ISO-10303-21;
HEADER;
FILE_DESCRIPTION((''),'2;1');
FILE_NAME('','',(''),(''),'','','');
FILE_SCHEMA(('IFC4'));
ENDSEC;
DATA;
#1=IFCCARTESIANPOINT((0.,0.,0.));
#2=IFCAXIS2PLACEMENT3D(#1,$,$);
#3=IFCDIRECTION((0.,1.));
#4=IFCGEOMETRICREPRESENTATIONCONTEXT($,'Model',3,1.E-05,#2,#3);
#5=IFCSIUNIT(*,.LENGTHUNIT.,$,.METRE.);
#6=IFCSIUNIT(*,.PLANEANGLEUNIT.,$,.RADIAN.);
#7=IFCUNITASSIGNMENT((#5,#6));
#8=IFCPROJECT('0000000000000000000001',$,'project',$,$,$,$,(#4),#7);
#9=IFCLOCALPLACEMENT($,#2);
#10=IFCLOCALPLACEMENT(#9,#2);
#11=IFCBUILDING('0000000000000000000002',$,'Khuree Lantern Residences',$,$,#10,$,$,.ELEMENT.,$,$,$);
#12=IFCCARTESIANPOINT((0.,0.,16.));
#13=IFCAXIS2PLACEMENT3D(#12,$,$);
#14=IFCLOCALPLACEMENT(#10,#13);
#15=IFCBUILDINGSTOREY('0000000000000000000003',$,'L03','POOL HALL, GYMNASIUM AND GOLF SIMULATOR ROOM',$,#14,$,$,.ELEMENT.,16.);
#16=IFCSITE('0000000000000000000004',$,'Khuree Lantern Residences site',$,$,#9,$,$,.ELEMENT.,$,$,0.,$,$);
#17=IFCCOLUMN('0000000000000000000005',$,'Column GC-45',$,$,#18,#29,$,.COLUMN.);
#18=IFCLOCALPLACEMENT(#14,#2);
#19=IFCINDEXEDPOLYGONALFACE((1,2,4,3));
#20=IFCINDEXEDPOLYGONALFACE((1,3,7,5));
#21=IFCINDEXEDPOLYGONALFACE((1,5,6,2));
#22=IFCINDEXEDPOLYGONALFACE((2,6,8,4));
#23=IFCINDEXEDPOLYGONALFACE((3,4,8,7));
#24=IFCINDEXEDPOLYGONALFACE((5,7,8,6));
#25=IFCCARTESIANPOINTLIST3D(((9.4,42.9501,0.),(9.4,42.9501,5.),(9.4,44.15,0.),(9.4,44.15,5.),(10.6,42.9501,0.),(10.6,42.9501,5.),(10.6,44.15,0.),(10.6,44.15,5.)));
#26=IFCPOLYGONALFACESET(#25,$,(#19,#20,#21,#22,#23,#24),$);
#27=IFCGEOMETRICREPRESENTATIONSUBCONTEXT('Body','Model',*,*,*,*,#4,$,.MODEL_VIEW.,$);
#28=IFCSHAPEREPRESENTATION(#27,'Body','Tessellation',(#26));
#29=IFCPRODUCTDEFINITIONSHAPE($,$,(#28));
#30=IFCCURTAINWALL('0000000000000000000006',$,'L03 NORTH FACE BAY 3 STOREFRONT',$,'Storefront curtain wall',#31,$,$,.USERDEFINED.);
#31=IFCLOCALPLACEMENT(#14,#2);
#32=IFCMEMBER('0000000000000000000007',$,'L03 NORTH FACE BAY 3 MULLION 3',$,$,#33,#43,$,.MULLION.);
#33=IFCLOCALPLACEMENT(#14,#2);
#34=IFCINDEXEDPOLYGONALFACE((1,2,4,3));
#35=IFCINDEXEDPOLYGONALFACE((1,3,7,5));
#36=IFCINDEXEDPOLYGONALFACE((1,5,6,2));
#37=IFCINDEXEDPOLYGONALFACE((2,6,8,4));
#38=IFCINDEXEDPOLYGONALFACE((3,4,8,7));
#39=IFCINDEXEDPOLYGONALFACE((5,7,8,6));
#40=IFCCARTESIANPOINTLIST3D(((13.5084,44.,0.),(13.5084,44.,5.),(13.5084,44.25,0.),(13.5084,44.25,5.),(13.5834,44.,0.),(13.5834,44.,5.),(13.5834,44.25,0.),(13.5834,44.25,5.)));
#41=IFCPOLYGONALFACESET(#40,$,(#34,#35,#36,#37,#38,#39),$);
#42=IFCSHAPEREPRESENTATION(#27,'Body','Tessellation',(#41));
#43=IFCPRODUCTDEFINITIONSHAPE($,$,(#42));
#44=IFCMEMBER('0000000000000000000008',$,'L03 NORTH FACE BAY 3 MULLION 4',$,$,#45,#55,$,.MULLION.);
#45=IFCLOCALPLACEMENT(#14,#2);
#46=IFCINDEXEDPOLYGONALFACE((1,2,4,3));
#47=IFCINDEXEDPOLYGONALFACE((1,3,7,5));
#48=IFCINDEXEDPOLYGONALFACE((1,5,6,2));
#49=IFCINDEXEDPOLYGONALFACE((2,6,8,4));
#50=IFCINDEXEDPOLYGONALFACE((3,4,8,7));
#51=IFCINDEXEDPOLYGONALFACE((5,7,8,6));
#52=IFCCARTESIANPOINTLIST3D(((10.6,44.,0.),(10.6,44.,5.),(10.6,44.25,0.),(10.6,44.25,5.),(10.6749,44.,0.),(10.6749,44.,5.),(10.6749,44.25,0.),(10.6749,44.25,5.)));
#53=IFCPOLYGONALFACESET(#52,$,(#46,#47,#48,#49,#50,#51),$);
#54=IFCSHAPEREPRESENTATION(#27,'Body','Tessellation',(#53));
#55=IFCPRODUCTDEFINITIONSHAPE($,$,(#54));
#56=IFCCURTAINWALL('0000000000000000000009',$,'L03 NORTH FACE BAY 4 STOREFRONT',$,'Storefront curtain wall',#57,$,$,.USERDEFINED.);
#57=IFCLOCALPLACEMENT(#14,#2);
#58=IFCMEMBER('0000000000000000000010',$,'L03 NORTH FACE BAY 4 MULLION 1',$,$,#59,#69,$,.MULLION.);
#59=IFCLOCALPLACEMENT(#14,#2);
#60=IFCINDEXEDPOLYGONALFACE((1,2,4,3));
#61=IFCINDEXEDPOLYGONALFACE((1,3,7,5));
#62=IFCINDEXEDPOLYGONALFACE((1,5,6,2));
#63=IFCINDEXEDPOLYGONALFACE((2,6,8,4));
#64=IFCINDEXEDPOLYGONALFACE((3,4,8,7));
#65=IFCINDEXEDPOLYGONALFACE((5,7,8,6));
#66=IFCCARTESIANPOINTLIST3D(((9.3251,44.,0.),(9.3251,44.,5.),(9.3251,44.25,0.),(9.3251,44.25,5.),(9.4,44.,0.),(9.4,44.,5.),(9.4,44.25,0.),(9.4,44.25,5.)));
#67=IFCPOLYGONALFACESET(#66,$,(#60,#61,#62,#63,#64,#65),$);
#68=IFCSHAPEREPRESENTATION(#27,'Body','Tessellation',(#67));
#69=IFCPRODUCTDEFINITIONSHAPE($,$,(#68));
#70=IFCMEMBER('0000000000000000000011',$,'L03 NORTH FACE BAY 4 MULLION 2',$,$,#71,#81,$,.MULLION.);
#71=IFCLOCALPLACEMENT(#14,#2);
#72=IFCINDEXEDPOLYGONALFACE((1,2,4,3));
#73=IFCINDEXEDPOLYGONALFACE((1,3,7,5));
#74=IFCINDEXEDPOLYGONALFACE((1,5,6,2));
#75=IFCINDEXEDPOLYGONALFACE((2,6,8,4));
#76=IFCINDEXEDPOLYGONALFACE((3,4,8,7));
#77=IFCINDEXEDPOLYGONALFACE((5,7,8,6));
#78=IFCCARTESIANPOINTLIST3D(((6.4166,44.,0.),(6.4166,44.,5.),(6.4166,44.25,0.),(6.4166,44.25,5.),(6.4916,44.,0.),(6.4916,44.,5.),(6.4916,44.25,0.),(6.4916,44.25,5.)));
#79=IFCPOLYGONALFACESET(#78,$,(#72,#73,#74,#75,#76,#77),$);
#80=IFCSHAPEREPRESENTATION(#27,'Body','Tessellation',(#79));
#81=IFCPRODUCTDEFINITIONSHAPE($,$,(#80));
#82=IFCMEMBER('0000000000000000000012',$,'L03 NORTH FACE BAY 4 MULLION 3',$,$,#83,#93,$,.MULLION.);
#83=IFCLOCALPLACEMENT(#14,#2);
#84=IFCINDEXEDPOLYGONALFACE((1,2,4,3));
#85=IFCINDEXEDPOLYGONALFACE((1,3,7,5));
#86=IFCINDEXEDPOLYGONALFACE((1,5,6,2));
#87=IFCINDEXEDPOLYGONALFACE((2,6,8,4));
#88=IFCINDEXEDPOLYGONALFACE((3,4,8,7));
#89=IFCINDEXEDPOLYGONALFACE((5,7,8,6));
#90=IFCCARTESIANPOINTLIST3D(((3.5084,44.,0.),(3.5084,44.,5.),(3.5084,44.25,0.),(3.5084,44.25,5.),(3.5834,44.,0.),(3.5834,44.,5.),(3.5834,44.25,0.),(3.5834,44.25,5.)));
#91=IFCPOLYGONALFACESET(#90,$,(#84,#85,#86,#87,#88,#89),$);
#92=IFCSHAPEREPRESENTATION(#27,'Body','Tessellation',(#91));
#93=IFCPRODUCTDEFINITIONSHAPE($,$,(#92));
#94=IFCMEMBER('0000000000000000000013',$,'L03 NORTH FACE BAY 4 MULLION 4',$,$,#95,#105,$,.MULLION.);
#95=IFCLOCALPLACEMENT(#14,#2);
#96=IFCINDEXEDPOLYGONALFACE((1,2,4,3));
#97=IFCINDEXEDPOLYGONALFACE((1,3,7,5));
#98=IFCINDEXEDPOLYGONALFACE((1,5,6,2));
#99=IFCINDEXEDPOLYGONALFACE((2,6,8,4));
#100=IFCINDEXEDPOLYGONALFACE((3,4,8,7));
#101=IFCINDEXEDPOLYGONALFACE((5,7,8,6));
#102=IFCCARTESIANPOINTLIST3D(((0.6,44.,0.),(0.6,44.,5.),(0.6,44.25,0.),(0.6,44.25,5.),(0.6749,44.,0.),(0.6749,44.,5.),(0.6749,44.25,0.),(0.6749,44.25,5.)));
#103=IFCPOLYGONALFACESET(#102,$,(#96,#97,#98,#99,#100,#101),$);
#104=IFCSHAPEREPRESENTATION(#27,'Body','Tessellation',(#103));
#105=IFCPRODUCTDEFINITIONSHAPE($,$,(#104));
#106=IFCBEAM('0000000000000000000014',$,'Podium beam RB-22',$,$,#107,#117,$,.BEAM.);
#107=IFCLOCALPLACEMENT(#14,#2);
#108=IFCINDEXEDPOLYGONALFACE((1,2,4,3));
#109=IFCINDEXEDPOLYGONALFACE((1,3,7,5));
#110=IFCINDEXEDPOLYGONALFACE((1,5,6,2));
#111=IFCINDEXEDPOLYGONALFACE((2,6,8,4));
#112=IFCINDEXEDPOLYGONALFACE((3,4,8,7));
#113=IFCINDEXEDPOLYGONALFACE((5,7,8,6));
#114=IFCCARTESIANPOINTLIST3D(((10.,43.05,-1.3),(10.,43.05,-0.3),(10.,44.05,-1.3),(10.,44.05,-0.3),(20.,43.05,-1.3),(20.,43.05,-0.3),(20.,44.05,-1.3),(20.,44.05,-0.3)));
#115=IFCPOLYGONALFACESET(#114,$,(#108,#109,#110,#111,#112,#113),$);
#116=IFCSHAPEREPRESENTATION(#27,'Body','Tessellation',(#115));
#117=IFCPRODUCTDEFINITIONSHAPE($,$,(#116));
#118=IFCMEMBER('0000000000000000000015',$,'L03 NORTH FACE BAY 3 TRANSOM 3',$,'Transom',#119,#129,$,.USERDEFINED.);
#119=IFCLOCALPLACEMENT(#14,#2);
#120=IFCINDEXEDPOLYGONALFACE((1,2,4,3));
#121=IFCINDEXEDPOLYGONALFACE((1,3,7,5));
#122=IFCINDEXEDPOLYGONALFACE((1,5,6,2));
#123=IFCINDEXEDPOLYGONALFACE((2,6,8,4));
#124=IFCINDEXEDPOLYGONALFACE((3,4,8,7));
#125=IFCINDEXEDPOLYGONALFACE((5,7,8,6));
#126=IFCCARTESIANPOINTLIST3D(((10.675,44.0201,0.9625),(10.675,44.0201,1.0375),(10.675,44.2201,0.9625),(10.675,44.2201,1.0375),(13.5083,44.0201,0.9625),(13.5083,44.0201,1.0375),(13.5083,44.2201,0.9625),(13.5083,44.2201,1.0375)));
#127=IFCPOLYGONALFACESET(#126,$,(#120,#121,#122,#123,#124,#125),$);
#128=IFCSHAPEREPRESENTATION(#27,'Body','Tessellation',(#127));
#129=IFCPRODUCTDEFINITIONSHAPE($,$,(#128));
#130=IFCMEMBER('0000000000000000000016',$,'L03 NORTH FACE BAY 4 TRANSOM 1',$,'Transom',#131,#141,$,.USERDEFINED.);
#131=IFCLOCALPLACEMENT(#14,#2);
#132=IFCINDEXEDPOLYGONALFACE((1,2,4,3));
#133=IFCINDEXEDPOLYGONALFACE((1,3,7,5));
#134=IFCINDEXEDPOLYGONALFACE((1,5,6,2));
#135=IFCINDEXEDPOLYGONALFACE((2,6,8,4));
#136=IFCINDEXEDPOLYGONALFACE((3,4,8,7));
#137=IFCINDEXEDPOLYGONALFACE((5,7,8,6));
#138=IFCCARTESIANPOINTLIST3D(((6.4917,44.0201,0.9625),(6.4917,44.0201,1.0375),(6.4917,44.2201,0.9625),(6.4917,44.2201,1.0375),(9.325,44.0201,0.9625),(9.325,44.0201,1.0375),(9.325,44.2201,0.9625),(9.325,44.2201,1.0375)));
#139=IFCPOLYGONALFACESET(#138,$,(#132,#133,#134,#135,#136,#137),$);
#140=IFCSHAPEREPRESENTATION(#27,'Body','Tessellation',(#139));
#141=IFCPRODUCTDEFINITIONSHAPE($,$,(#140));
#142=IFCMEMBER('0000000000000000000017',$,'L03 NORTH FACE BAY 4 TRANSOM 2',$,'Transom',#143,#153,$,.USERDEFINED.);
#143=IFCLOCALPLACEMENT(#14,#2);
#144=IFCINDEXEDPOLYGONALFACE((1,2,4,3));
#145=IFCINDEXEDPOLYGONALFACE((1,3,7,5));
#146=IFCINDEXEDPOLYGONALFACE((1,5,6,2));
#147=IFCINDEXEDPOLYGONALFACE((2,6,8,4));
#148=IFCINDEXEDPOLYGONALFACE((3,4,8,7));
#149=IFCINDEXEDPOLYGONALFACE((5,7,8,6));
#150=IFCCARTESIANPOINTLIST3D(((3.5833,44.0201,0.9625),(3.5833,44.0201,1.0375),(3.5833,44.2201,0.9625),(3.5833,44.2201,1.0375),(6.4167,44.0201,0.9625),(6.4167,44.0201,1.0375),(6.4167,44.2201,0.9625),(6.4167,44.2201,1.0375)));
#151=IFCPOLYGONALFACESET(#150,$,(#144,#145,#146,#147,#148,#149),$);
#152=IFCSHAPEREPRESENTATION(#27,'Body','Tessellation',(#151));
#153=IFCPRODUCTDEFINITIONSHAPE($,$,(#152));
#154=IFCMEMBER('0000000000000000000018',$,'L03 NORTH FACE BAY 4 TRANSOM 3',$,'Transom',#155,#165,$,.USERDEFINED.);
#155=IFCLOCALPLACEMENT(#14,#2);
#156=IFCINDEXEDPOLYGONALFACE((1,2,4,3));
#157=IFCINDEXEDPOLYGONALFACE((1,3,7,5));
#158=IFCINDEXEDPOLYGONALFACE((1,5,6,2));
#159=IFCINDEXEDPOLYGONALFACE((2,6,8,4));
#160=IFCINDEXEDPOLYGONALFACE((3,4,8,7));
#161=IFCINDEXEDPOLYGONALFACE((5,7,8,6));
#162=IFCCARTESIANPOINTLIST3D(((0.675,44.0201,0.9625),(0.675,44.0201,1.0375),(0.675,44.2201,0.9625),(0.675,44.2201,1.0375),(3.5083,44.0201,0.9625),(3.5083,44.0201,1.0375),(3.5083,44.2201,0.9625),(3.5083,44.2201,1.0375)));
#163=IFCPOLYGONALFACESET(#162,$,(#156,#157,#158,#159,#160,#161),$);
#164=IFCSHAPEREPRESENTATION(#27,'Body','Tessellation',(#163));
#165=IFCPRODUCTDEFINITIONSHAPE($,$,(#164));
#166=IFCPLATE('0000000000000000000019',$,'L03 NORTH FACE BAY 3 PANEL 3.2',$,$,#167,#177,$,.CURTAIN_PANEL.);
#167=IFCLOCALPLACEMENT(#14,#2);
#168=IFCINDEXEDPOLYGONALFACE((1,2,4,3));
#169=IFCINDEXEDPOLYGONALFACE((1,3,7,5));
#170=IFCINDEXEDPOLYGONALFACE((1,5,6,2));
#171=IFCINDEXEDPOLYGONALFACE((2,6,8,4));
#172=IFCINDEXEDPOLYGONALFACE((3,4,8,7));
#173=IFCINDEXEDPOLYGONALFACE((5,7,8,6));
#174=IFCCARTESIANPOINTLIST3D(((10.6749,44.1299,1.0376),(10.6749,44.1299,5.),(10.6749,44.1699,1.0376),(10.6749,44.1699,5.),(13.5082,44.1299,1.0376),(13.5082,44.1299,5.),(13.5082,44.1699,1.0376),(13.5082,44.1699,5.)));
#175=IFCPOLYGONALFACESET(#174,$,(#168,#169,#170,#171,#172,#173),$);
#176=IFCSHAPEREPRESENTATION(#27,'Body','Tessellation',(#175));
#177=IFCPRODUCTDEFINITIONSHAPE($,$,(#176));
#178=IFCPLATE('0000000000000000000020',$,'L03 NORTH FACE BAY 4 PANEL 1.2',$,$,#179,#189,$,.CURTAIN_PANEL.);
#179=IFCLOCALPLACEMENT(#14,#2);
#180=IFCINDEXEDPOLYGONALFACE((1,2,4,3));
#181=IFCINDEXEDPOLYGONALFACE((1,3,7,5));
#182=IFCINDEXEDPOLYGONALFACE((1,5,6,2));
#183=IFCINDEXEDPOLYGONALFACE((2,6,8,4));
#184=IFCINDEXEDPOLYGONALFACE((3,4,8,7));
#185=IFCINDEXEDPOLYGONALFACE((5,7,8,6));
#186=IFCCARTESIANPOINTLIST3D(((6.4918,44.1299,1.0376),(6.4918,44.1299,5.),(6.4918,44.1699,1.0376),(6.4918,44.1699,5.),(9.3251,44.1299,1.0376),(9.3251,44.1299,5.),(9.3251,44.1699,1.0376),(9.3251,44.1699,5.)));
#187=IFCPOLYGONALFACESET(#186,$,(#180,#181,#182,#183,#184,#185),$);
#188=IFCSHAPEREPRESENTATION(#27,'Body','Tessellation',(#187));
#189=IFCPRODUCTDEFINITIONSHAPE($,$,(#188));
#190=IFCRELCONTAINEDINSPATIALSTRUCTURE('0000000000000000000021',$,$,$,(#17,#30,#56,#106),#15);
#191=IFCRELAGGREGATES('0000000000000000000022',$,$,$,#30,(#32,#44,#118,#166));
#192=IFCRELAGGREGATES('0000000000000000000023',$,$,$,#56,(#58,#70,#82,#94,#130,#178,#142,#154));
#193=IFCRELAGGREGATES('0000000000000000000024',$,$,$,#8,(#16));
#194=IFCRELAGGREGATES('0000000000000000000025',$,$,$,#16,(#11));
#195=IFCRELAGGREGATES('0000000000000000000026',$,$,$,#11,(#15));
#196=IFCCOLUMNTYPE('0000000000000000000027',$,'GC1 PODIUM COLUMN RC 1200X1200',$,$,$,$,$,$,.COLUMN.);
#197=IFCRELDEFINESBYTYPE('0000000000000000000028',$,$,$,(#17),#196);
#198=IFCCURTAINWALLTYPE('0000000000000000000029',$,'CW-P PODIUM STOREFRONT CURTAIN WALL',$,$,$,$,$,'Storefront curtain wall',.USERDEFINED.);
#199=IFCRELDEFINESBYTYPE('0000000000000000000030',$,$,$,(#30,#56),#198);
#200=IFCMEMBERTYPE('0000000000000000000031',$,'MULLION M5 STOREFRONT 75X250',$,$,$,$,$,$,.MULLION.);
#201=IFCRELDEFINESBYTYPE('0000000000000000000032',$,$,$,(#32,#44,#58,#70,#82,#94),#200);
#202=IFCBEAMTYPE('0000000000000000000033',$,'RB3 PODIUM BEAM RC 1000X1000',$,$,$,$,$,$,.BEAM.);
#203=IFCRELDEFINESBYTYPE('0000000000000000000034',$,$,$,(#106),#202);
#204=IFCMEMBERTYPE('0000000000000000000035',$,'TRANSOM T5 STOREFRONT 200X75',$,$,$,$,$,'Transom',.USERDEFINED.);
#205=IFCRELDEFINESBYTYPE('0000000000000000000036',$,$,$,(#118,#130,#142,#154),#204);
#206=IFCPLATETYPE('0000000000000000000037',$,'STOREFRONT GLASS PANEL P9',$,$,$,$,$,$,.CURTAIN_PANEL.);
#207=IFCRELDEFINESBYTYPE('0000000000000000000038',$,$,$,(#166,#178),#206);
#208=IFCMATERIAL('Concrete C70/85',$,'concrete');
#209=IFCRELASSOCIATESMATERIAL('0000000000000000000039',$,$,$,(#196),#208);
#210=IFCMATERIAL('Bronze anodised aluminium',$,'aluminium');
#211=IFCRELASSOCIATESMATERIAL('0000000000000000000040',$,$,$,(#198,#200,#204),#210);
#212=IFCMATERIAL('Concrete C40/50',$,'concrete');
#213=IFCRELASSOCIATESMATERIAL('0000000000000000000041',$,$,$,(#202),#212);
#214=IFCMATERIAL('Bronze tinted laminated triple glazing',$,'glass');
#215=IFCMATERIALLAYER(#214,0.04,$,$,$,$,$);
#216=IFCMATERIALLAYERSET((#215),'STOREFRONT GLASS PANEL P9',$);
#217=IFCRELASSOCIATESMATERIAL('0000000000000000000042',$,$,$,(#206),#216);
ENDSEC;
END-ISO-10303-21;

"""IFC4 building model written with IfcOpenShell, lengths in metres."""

from ifc_helpers import new_model, si_unit, direction, frame, origin, origin_2d, place, context, subcontext, project, spatial, rectangle, extrude, material, layer, layer_set, material_profile, profile_set, type_object, element, aggregate, save


model = new_model("IFC4")

# Units and contexts
model_context = context("Model", 3, precision=1e-05, world=origin(), true_north=direction((0.0, 1.0)))
body_context = subcontext(model_context, "Body", "Model", "MODEL_VIEW")
ifc_project = project(units=[si_unit("LENGTHUNIT", "METRE"), si_unit("PLANEANGLEUNIT", "RADIAN")], contexts=[model_context])

# Site, building, storey
site_placement = place(None, origin())
site = spatial("IfcSite", under=ifc_project, at=site_placement, Name="Khuree Lantern Residences site", CompositionType="ELEMENT", RefElevation=0.0)
building_placement = place(site_placement, origin())
building = spatial("IfcBuilding", under=site, at=building_placement, Name="Khuree Lantern Residences", CompositionType="ELEMENT")
storey_placement = place(building_placement, frame((0.0, 0.0, 16.0)))
storey = spatial("IfcBuildingStorey", under=building, at=storey_placement, Name="L03", Description="POOL HALL, GYMNASIUM AND GOLF SIMULATOR ROOM", CompositionType="ELEMENT", Elevation=16.0)

# Column
ifc_material_1 = material(Name="Concrete C70/85", Category="concrete")
ifc_material_profile_1 = material_profile(ifc_material_1, rectangle(XDim=1.2, YDim=1.2, at=origin_2d()), Name="RC 1200X1200")
ifc_profile_set_1 = profile_set([ifc_material_profile_1], Name="Concrete C70/85")
column_type = type_object("IfcColumnType", Name="GC1 PODIUM COLUMN RC 1200X1200", PredefinedType="COLUMN", material=ifc_profile_set_1)
column_placement = place(storey_placement, frame((10.0, 43.55, 0.0), z_axis=(0.0, 0.0, 1.0), x_axis=(1.0, 0.0, 0.0)))
element("IfcColumn", 1, at=column_placement, inside=storey, type_object=column_type, Name="Column GC-45", PredefinedType="COLUMN", context=body_context, shape_type="SweptSolid", body=[
    extrude(rectangle(XDim=1.2, YDim=1.2, at=origin_2d()), origin(), (0.0, 0.0, 1.0), 5.0),
])

# Curtain walls, members
ifc_material_2 = material(Name="Bronze anodised aluminium", Category="aluminium")
curtain_wall_type = type_object("IfcCurtainWallType", Name="CW-P PODIUM STOREFRONT CURTAIN WALL", ElementType="Storefront curtain wall", PredefinedType="USERDEFINED", material=ifc_material_2)
curtain_wall_1_placement = place(storey_placement, origin())
curtain_wall_1 = element("IfcCurtainWall", 2, at=curtain_wall_1_placement, inside=storey, type_object=curtain_wall_type, Name="L03 NORTH FACE BAY 3 STOREFRONT", ObjectType="Storefront curtain wall", PredefinedType="USERDEFINED")
ifc_material_profile_2 = material_profile(ifc_material_2, rectangle(XDim=0.075, YDim=0.25, at=origin_2d()), Name="M5 75X250")
ifc_profile_set_2 = profile_set([ifc_material_profile_2], Name="Bronze anodised aluminium")
member_type_1 = type_object("IfcMemberType", Name="MULLION M5 STOREFRONT 75X250", PredefinedType="MULLION", material=ifc_profile_set_2)
member_1_placement = place(storey_placement, frame((13.5459, 44.125, 0.0), z_axis=(0.0, 0.0, 1.0), x_axis=(-1.0, 0.0, 0.0)))
member_1 = element("IfcMember", 3, at=member_1_placement, type_object=member_type_1, Name="L03 NORTH FACE BAY 3 MULLION 3", PredefinedType="MULLION", context=body_context, shape_type="SweptSolid", body=[
    extrude(rectangle(XDim=0.075, YDim=0.25, at=origin_2d()), origin(), (0.0, 0.0, 1.0), 5.0),
])
member_2_placement = place(storey_placement, frame((10.6375, 44.125, 0.0), z_axis=(0.0, 0.0, 1.0), x_axis=(-1.0, 0.0, 0.0)))
member_2 = element("IfcMember", 4, at=member_2_placement, type_object=member_type_1, Name="L03 NORTH FACE BAY 3 MULLION 4", PredefinedType="MULLION", context=body_context, shape_type="SweptSolid", body=[
    extrude(rectangle(XDim=0.075, YDim=0.25, at=origin_2d()), origin(), (0.0, 0.0, 1.0), 5.0),
])
curtain_wall_2_placement = place(storey_placement, origin())
curtain_wall_2 = element("IfcCurtainWall", 5, at=curtain_wall_2_placement, inside=storey, type_object=curtain_wall_type, Name="L03 NORTH FACE BAY 4 STOREFRONT", ObjectType="Storefront curtain wall", PredefinedType="USERDEFINED")
member_3_placement = place(storey_placement, frame((9.3625, 44.125, 0.0), z_axis=(0.0, 0.0, 1.0), x_axis=(-1.0, 0.0, 0.0)))
member_3 = element("IfcMember", 6, at=member_3_placement, type_object=member_type_1, Name="L03 NORTH FACE BAY 4 MULLION 1", PredefinedType="MULLION", context=body_context, shape_type="SweptSolid", body=[
    extrude(rectangle(XDim=0.075, YDim=0.25, at=origin_2d()), origin(), (0.0, 0.0, 1.0), 5.0),
])
member_4_placement = place(storey_placement, frame((6.4541, 44.125, 0.0), z_axis=(0.0, 0.0, 1.0), x_axis=(-1.0, 0.0, 0.0)))
member_4 = element("IfcMember", 7, at=member_4_placement, type_object=member_type_1, Name="L03 NORTH FACE BAY 4 MULLION 2", PredefinedType="MULLION", context=body_context, shape_type="SweptSolid", body=[
    extrude(rectangle(XDim=0.075, YDim=0.25, at=origin_2d()), origin(), (0.0, 0.0, 1.0), 5.0),
])
member_5_placement = place(storey_placement, frame((3.5459, 44.125, 0.0), z_axis=(0.0, 0.0, 1.0), x_axis=(-1.0, 0.0, 0.0)))
member_5 = element("IfcMember", 8, at=member_5_placement, type_object=member_type_1, Name="L03 NORTH FACE BAY 4 MULLION 3", PredefinedType="MULLION", context=body_context, shape_type="SweptSolid", body=[
    extrude(rectangle(XDim=0.075, YDim=0.25, at=origin_2d()), origin(), (0.0, 0.0, 1.0), 5.0),
])
member_6_placement = place(storey_placement, frame((0.6375, 44.125, 0.0), z_axis=(0.0, 0.0, 1.0), x_axis=(-1.0, 0.0, 0.0)))
member_6 = element("IfcMember", 9, at=member_6_placement, type_object=member_type_1, Name="L03 NORTH FACE BAY 4 MULLION 4", PredefinedType="MULLION", context=body_context, shape_type="SweptSolid", body=[
    extrude(rectangle(XDim=0.075, YDim=0.25, at=origin_2d()), origin(), (0.0, 0.0, 1.0), 5.0),
])

# Beam
ifc_material_3 = material(Name="Concrete C40/50", Category="concrete")
ifc_material_profile_3 = material_profile(ifc_material_3, rectangle(XDim=1.0, YDim=1.0, at=origin_2d()), Name="RC 1000X1000")
ifc_profile_set_3 = profile_set([ifc_material_profile_3], Name="Concrete C40/50")
beam_type = type_object("IfcBeamType", Name="RB3 PODIUM BEAM RC 1000X1000", PredefinedType="BEAM", material=ifc_profile_set_3)
beam_placement = place(storey_placement, frame((10.0, 43.55, -0.8), z_axis=(1.0, 0.0, 0.0), x_axis=(0.0, 1.0, 0.0)))
element("IfcBeam", 10, at=beam_placement, inside=storey, type_object=beam_type, Name="Podium beam RB-22", PredefinedType="BEAM", context=body_context, shape_type="SweptSolid", body=[
    extrude(rectangle(XDim=1.0, YDim=1.0, at=origin_2d()), origin(), (0.0, 0.0, 1.0), 10.0),
])

# Members
ifc_material_profile_4 = material_profile(ifc_material_2, rectangle(XDim=0.2, YDim=0.075, at=origin_2d()), Name="T5 200X75")
ifc_profile_set_4 = profile_set([ifc_material_profile_4], Name="Bronze anodised aluminium")
member_type_2 = type_object("IfcMemberType", Name="TRANSOM T5 STOREFRONT 200X75", ElementType="Transom", PredefinedType="USERDEFINED", material=ifc_profile_set_4)
member_7_placement = place(storey_placement, frame((13.5083, 44.1201, 1.0), z_axis=(-1.0, 0.0, 0.0), x_axis=(0.0, -1.0, 0.0)))
member_7 = element("IfcMember", 11, at=member_7_placement, type_object=member_type_2, Name="L03 NORTH FACE BAY 3 TRANSOM 3", ObjectType="Transom", PredefinedType="USERDEFINED", context=body_context, shape_type="SweptSolid", body=[
    extrude(rectangle(XDim=0.2, YDim=0.075, at=origin_2d()), origin(), (0.0, 0.0, 1.0), 2.8333),
])
member_8_placement = place(storey_placement, frame((9.325, 44.1201, 1.0), z_axis=(-1.0, 0.0, 0.0), x_axis=(0.0, -1.0, 0.0)))
member_8 = element("IfcMember", 12, at=member_8_placement, type_object=member_type_2, Name="L03 NORTH FACE BAY 4 TRANSOM 1", ObjectType="Transom", PredefinedType="USERDEFINED", context=body_context, shape_type="SweptSolid", body=[
    extrude(rectangle(XDim=0.2, YDim=0.075, at=origin_2d()), origin(), (0.0, 0.0, 1.0), 2.8333),
])
member_9_placement = place(storey_placement, frame((6.4167, 44.1201, 1.0), z_axis=(-1.0, 0.0, 0.0), x_axis=(0.0, -1.0, 0.0)))
member_9 = element("IfcMember", 13, at=member_9_placement, type_object=member_type_2, Name="L03 NORTH FACE BAY 4 TRANSOM 2", ObjectType="Transom", PredefinedType="USERDEFINED", context=body_context, shape_type="SweptSolid", body=[
    extrude(rectangle(XDim=0.2, YDim=0.075, at=origin_2d()), origin(), (0.0, 0.0, 1.0), 2.8335),
])
member_10_placement = place(storey_placement, frame((3.5083, 44.1201, 1.0), z_axis=(-1.0, 0.0, 0.0), x_axis=(0.0, -1.0, 0.0)))
member_10 = element("IfcMember", 14, at=member_10_placement, type_object=member_type_2, Name="L03 NORTH FACE BAY 4 TRANSOM 3", ObjectType="Transom", PredefinedType="USERDEFINED", context=body_context, shape_type="SweptSolid", body=[
    extrude(rectangle(XDim=0.2, YDim=0.075, at=origin_2d()), origin(), (0.0, 0.0, 1.0), 2.8333),
])

# Plates
ifc_material_4 = material(Name="Bronze tinted laminated triple glazing", Category="glass")
ifc_layer_1 = layer(ifc_material_4, 0.04)
ifc_layer_set_1 = layer_set([ifc_layer_1], Name="STOREFRONT GLASS PANEL P9")
plate_type_1 = type_object("IfcPlateType", Name="STOREFRONT GLASS PANEL P9", PredefinedType="CURTAIN_PANEL", material=ifc_layer_set_1)
plate_1_placement = place(storey_placement, frame((12.0916, 44.1499, 1.0376), z_axis=(0.0, 0.0, 1.0), x_axis=(-1.0, 0.0, 0.0)))
plate_1 = element("IfcPlate", 15, at=plate_1_placement, type_object=plate_type_1, Name="L03 NORTH FACE BAY 3 PANEL 3.2", PredefinedType="CURTAIN_PANEL", context=body_context, shape_type="SweptSolid", body=[
    extrude(rectangle(XDim=2.8333, YDim=0.04, at=origin_2d()), origin(), (0.0, 0.0, 1.0), 3.9624),
])
plate_2_placement = place(storey_placement, frame((7.9084, 44.1499, 1.0376), z_axis=(0.0, 0.0, 1.0), x_axis=(-1.0, 0.0, 0.0)))
plate_2 = element("IfcPlate", 16, at=plate_2_placement, type_object=plate_type_1, Name="L03 NORTH FACE BAY 4 PANEL 1.2", PredefinedType="CURTAIN_PANEL", context=body_context, shape_type="SweptSolid", body=[
    extrude(rectangle(XDim=2.8333, YDim=0.04, at=origin_2d()), origin(), (0.0, 0.0, 1.0), 3.9624),
])
aggregate(curtain_wall_1, [member_1, member_2, member_7, plate_1])
aggregate(curtain_wall_2, [member_3, member_4, member_5, member_6, member_8, plate_2, member_9, member_10])

save(model, "model.ifc")
